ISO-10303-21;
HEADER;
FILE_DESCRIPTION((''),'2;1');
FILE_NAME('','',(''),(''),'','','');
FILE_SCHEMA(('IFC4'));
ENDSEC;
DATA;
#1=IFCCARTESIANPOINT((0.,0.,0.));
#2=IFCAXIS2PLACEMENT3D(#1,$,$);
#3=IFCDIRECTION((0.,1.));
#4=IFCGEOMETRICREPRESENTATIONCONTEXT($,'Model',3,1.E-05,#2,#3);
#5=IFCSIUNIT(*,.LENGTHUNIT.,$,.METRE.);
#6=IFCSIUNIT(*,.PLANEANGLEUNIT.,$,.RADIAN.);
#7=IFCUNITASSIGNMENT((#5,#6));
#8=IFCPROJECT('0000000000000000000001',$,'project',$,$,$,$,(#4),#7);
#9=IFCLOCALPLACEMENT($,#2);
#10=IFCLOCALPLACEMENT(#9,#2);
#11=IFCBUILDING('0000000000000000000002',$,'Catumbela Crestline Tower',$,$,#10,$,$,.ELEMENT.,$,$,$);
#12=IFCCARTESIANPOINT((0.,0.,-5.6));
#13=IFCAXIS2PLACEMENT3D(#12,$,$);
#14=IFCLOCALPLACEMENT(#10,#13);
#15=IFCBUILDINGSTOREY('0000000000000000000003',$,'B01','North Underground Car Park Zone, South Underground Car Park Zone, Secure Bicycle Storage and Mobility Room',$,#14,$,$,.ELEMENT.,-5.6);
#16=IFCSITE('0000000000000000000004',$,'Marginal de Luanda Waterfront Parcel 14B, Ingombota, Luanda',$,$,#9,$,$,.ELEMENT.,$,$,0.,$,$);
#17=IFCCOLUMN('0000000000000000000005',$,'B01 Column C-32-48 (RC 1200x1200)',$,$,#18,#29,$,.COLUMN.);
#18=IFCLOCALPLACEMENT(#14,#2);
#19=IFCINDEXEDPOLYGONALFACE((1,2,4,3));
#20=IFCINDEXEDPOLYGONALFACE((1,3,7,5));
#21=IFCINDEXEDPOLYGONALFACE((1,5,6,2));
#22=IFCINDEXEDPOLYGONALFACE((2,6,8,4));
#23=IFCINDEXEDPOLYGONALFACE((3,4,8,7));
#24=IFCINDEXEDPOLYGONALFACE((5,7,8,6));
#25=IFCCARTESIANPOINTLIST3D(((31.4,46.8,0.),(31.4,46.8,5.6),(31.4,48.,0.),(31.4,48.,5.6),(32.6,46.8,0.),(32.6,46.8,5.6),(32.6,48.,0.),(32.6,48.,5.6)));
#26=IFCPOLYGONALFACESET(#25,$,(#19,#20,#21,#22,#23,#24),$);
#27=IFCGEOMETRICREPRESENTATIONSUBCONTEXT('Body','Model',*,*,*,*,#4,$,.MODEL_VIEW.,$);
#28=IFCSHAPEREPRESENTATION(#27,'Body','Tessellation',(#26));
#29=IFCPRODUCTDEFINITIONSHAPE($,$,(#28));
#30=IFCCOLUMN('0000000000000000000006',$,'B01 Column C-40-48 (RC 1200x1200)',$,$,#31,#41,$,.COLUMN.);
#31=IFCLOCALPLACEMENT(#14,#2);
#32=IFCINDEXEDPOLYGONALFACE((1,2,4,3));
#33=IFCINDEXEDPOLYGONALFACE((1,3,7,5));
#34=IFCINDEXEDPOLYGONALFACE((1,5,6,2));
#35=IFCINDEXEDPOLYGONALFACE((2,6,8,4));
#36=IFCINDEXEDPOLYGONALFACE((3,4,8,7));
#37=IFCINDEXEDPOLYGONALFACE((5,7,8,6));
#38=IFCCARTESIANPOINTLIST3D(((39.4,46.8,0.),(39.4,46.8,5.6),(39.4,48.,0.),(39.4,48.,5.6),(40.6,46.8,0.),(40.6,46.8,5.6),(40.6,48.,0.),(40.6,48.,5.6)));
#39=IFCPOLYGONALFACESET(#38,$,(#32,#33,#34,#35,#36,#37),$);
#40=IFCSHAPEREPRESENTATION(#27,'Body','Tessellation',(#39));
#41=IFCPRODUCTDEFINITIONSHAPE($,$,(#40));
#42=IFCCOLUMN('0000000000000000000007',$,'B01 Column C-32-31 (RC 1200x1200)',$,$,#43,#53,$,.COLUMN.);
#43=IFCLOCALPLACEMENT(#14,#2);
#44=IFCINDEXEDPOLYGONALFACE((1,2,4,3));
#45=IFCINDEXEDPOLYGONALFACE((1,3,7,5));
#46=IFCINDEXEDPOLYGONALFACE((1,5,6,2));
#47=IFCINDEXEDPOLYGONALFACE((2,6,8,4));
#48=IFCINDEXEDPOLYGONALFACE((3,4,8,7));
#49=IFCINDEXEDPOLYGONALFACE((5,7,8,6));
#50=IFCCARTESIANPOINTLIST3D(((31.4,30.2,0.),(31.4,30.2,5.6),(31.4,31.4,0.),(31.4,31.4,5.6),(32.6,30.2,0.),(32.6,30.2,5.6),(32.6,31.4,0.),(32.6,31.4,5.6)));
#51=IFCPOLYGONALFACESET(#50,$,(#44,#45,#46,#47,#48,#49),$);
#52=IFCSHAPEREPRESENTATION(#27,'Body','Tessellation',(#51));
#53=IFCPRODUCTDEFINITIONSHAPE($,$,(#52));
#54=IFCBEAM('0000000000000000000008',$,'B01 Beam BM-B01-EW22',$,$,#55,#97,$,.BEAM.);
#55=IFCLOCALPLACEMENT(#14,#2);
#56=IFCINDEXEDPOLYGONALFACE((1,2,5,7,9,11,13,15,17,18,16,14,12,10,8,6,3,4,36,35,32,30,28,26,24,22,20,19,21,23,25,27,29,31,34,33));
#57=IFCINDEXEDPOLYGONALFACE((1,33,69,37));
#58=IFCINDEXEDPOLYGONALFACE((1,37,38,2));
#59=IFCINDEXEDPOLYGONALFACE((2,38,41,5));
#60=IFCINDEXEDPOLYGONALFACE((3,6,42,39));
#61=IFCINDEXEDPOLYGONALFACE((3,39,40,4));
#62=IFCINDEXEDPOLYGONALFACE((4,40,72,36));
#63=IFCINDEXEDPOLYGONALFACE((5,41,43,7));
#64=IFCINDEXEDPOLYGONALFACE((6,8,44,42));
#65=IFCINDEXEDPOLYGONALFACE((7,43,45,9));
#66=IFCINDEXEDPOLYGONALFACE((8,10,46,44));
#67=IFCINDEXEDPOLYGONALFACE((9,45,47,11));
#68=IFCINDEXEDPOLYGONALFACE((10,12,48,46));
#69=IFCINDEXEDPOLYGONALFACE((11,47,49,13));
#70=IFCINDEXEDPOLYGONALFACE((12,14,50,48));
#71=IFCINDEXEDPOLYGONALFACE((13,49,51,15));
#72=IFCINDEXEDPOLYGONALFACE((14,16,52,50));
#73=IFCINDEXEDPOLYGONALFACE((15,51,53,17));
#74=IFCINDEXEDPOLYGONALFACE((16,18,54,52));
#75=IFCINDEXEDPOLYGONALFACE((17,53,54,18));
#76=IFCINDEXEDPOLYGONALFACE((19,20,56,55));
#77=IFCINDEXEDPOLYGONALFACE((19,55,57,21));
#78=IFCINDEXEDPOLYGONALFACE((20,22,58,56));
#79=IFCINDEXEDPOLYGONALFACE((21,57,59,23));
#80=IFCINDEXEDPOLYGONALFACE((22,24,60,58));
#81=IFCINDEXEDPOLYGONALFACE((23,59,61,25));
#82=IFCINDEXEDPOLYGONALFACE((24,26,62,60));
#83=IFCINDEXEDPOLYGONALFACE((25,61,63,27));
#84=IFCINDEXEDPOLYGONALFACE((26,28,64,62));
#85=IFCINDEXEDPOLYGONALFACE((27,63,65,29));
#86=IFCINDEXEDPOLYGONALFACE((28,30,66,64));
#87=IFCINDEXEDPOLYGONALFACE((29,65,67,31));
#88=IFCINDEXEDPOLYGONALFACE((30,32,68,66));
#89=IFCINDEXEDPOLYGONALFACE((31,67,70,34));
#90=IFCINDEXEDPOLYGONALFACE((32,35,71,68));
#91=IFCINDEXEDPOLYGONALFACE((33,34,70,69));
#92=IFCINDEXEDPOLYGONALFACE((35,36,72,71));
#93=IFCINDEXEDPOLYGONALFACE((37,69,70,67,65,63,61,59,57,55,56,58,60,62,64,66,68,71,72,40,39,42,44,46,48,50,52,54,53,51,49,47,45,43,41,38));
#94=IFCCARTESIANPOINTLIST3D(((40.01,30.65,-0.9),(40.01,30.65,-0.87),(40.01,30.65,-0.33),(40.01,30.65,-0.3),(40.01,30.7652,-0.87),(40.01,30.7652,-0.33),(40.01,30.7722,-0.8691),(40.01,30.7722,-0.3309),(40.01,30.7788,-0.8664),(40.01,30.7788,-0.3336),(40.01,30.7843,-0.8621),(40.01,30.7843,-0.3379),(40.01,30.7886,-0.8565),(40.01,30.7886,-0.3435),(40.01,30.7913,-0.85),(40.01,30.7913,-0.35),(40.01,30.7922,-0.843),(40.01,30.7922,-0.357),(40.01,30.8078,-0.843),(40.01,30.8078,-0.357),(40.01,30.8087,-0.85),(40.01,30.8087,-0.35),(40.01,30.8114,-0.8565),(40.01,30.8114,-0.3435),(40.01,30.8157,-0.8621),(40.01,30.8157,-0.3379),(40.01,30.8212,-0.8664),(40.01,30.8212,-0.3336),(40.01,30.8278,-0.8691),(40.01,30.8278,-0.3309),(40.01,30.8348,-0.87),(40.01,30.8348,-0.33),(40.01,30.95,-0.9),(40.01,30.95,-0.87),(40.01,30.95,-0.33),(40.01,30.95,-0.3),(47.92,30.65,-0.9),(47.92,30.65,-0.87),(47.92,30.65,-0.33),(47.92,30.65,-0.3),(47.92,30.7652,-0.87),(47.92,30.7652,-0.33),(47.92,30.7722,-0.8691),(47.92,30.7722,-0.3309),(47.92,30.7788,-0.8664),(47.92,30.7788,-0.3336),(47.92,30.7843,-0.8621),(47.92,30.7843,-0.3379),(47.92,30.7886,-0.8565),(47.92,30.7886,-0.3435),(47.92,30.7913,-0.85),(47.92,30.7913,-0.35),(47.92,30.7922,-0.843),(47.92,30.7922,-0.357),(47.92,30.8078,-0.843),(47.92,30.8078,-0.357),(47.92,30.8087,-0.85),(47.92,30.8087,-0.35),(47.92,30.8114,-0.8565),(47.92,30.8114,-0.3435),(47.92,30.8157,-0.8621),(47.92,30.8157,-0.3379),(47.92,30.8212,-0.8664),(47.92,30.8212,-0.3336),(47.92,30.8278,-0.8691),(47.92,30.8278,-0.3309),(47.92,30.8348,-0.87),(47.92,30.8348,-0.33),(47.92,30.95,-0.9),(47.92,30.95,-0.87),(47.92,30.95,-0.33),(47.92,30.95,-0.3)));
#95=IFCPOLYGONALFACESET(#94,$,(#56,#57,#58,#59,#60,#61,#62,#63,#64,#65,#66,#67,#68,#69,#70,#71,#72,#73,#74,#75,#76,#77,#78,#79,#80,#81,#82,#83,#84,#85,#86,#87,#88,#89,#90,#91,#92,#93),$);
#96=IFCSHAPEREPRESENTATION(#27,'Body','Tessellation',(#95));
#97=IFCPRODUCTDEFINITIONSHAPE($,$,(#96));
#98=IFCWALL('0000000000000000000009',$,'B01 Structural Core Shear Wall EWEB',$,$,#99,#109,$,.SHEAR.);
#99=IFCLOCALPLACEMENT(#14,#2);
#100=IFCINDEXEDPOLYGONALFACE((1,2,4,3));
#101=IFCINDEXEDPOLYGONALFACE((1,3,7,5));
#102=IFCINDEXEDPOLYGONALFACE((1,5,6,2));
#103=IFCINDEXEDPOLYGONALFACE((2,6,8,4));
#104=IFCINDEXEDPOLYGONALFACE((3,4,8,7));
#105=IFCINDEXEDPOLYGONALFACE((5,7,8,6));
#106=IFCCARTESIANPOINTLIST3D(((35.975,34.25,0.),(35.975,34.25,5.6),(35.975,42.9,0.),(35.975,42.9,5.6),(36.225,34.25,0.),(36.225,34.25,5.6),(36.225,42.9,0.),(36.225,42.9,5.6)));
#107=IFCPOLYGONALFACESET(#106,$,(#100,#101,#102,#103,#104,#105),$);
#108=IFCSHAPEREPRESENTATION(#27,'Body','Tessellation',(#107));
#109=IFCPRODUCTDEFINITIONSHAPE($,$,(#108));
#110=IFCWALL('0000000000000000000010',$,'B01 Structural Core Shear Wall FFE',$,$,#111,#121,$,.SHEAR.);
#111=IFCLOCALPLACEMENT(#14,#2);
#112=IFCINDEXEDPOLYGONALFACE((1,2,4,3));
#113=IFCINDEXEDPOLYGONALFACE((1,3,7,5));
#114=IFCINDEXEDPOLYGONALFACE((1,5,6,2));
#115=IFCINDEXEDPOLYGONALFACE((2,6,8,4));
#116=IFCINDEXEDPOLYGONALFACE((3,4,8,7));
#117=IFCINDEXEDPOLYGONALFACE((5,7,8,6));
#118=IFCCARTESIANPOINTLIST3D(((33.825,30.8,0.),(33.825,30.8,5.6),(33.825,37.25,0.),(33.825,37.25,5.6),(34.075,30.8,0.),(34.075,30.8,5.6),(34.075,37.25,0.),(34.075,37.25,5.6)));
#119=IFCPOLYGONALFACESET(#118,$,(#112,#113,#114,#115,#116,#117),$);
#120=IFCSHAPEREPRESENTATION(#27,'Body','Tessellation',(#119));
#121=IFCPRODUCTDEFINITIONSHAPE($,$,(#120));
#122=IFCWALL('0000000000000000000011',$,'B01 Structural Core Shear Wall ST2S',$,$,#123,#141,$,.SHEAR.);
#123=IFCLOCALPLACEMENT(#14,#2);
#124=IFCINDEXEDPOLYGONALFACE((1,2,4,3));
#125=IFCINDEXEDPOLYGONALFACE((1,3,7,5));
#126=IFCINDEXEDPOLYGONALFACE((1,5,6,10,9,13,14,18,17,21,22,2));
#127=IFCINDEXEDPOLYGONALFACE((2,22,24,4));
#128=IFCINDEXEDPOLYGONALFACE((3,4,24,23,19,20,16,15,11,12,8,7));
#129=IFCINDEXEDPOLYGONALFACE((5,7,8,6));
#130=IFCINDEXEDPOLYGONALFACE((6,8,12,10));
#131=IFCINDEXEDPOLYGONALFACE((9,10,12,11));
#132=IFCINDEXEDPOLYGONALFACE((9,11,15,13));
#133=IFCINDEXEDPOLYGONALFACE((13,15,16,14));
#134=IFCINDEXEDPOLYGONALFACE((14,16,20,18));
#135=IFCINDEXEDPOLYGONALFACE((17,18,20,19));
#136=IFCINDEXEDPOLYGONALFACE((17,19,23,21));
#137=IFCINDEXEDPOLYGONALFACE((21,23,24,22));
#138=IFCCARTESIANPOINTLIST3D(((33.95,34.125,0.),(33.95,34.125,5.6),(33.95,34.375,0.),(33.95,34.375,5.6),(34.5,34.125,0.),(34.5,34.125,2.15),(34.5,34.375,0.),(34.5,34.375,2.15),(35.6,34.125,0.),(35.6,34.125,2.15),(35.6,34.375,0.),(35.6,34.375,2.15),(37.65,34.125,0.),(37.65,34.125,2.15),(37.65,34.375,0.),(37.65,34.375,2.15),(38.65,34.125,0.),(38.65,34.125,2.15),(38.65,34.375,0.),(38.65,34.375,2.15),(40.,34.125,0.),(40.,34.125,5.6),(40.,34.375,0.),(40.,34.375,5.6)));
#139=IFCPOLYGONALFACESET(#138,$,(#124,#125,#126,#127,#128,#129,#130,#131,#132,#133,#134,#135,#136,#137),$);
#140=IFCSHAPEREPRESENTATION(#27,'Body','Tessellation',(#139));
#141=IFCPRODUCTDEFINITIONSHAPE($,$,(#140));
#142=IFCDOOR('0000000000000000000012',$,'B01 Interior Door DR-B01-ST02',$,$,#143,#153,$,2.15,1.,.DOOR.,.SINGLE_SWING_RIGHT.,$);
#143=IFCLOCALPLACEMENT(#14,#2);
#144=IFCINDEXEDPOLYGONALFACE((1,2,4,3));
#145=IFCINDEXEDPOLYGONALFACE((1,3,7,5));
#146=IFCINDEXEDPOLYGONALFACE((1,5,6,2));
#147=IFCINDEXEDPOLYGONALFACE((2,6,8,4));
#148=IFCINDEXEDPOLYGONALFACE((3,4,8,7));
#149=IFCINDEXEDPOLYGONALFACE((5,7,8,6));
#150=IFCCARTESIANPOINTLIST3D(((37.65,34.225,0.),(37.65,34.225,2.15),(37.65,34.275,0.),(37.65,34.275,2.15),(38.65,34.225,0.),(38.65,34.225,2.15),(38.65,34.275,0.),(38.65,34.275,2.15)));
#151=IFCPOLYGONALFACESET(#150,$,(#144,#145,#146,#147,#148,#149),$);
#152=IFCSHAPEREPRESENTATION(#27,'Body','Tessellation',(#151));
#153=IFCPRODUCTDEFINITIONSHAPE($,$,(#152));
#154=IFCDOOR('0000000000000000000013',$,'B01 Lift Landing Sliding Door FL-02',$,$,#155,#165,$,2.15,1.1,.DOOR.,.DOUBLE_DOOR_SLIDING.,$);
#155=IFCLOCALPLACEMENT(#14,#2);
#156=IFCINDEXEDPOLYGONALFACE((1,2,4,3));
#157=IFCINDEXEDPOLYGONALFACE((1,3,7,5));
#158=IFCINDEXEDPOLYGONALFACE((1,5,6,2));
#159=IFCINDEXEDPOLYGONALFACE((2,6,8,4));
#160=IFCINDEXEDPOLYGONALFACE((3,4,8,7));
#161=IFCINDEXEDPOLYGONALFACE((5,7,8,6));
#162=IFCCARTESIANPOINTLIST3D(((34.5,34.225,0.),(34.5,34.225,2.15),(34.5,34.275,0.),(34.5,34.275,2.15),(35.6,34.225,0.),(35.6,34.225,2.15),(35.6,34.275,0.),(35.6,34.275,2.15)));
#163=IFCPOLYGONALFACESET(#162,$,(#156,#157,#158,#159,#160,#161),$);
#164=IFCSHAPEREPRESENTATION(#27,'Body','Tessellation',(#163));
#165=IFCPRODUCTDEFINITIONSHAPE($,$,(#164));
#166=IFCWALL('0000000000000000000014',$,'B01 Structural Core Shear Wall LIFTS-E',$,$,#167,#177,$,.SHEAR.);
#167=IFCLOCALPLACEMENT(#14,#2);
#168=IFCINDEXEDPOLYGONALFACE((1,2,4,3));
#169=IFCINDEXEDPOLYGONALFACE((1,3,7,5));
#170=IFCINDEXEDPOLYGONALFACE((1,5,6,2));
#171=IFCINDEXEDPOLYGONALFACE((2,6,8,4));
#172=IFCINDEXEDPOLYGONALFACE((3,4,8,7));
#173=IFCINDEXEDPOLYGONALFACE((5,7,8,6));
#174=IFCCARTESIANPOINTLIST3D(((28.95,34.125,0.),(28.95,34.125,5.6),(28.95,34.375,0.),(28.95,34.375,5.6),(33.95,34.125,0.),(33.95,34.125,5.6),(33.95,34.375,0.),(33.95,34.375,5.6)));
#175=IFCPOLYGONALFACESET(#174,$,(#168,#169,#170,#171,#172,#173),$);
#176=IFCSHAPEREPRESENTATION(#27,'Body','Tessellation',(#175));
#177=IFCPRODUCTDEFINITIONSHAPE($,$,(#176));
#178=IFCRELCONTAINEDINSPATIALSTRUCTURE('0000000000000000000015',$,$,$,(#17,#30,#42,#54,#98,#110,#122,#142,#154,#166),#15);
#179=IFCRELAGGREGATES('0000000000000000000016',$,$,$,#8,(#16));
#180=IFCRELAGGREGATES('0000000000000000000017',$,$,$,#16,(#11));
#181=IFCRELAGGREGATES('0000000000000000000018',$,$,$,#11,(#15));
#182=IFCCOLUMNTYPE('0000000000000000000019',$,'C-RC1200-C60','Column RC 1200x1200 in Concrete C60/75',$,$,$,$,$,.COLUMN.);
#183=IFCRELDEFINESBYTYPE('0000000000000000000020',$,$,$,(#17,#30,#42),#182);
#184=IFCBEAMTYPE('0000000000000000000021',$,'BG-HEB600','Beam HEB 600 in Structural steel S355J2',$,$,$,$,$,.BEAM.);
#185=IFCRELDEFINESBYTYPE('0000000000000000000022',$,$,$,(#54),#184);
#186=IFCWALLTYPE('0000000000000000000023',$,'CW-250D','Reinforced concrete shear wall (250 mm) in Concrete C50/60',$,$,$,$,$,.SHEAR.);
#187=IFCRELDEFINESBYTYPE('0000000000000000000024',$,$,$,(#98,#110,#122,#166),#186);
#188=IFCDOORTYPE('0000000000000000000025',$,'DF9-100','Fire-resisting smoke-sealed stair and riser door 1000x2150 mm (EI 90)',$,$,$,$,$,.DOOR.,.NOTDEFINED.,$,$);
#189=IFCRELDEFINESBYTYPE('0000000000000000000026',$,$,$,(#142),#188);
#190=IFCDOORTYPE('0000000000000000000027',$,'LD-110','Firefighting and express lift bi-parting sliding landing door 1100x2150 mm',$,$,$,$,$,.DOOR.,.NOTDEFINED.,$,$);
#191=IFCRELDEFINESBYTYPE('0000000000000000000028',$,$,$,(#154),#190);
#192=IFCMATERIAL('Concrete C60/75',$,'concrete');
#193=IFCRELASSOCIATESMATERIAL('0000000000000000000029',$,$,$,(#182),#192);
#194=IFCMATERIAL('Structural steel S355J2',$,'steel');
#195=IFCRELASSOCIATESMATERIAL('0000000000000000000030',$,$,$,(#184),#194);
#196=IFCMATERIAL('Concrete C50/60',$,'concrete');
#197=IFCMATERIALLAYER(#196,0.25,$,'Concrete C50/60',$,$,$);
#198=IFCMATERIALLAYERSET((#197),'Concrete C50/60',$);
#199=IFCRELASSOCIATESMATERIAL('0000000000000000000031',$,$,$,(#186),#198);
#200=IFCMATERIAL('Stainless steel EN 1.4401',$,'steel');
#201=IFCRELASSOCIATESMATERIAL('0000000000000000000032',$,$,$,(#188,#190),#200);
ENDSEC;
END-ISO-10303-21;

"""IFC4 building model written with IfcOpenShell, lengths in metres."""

from ifc_helpers import new_model, si_unit, direction, frame, frame_2d, origin, origin_2d, place, context, subcontext, project, spatial, rectangle, i_section, extrude, material, layer, layer_set, material_profile, profile_set, type_object, element, fill, save


model = new_model("IFC4")

# Units and contexts
model_context = context("Model", 3, precision=1e-05, world=origin(), true_north=direction((0.0, 1.0)))
body_context = subcontext(model_context, "Body", "Model", "MODEL_VIEW")
ifc_project = project(units=[si_unit("LENGTHUNIT", "METRE"), si_unit("PLANEANGLEUNIT", "RADIAN")], contexts=[model_context])

# Site, building, storey
site_placement = place(None, origin())
site = spatial("IfcSite", under=ifc_project, at=site_placement, Name="Marginal de Luanda Waterfront Parcel 14B, Ingombota, Luanda", CompositionType="ELEMENT", RefElevation=0.0)
building_placement = place(site_placement, origin())
building = spatial("IfcBuilding", under=site, at=building_placement, Name="Catumbela Crestline Tower", CompositionType="ELEMENT")
storey_placement = place(building_placement, frame((0.0, 0.0, -5.6)))
storey = spatial("IfcBuildingStorey", under=building, at=storey_placement, Name="B01", Description="North Underground Car Park Zone, South Underground Car Park Zone, Secure Bicycle Storage and Mobility Room", CompositionType="ELEMENT", Elevation=-5.6)

# Columns
ifc_material_1 = material(Name="Concrete C60/75", Category="concrete")
ifc_material_profile_1 = material_profile(ifc_material_1, rectangle(XDim=1.2, YDim=1.2, at=origin_2d()), Name="RC 1200x1200")
ifc_profile_set_1 = profile_set([ifc_material_profile_1], Name="Concrete C60/75")
column_type = type_object("IfcColumnType", Name="C-RC1200-C60", Description="Column RC 1200x1200 in Concrete C60/75", PredefinedType="COLUMN", material=ifc_profile_set_1)
for number, where, z_axis, x_axis, name in (
    (1, (32.0, 47.4, 0.0), (0.0, 0.0, 1.0), (1.0, 0.0, 0.0), "B01 Column C-32-48 (RC 1200x1200)"),
    (2, (40.0, 47.4, 0.0), (0.0, 0.0, 1.0), (1.0, 0.0, 0.0), "B01 Column C-40-48 (RC 1200x1200)"),
    (3, (32.0, 30.8, 0.0), (0.0, 0.0, 1.0), (1.0, 0.0, 0.0), "B01 Column C-32-31 (RC 1200x1200)"),
):
    element("IfcColumn", number, at=place(storey_placement, frame(where, z_axis=z_axis, x_axis=x_axis)), inside=storey, type_object=column_type, Name=name, PredefinedType="COLUMN", context=body_context, shape_type="SweptSolid", body=[
        extrude(rectangle(XDim=1.2, YDim=1.2, at=origin_2d()), origin(), (0.0, 0.0, 1.0), 5.6),
    ])

# Beam
ifc_material_2 = material(Name="Structural steel S355J2", Category="steel")
ifc_material_profile_2 = material_profile(ifc_material_2, i_section(OverallWidth=0.3, OverallDepth=0.6, WebThickness=0.0155, FlangeThickness=0.03, FilletRadius=0.027, at=origin_2d()), Name="HEB 600")
ifc_profile_set_2 = profile_set([ifc_material_profile_2], Name="Structural steel S355J2")
beam_type = type_object("IfcBeamType", Name="BG-HEB600", Description="Beam HEB 600 in Structural steel S355J2", PredefinedType="BEAM", material=ifc_profile_set_2)
beam_placement = place(storey_placement, frame((40.01, 30.8, -0.6), z_axis=(1.0, 0.0, 0.0), x_axis=(0.0, 1.0, 0.0)))
element("IfcBeam", 4, at=beam_placement, inside=storey, type_object=beam_type, Name="B01 Beam BM-B01-EW22", PredefinedType="BEAM", context=body_context, shape_type="SweptSolid", body=[
    extrude(i_section(OverallWidth=0.3, OverallDepth=0.6, WebThickness=0.0155, FlangeThickness=0.03, FilletRadius=0.027, at=origin_2d()), origin(), (0.0, 0.0, 1.0), 7.91),
])

# Walls
ifc_material_3 = material(Name="Concrete C50/60", Category="concrete")
ifc_layer_1 = layer(ifc_material_3, 0.25, Name="Concrete C50/60")
ifc_layer_set_1 = layer_set([ifc_layer_1], Name="Concrete C50/60")
wall_type_1 = type_object("IfcWallType", Name="CW-250D", Description="Reinforced concrete shear wall (250 mm) in Concrete C50/60", PredefinedType="SHEAR", material=ifc_layer_set_1)
wall_1_placement = place(storey_placement, frame((36.1, 34.25, 0.0), z_axis=(0.0, 0.0, 1.0), x_axis=(0.0, 1.0, 0.0)))
element("IfcWall", 5, at=wall_1_placement, inside=storey, type_object=wall_type_1, Name="B01 Structural Core Shear Wall EWEB", PredefinedType="SHEAR", context=body_context, shape_type="SweptSolid", body=[
    extrude(rectangle(XDim=8.65, YDim=0.25, at=frame_2d((4.325, 0.0))), origin(), (0.0, 0.0, 1.0), 5.6),
])
wall_2_placement = place(storey_placement, frame((33.95, 30.8, 0.0), z_axis=(0.0, 0.0, 1.0), x_axis=(0.0, 1.0, 0.0)))
element("IfcWall", 6, at=wall_2_placement, inside=storey, type_object=wall_type_1, Name="B01 Structural Core Shear Wall FFE", PredefinedType="SHEAR", context=body_context, shape_type="SweptSolid", body=[
    extrude(rectangle(XDim=6.45, YDim=0.25, at=frame_2d((3.225, 0.0))), origin(), (0.0, 0.0, 1.0), 5.6),
])

# Wall, openings, doors
wall_3_placement = place(storey_placement, frame((33.95, 34.25, 0.0), z_axis=(0.0, 0.0, 1.0), x_axis=(1.0, 0.0, 0.0)))
wall_3 = element("IfcWall", 7, at=wall_3_placement, inside=storey, type_object=wall_type_1, Name="B01 Structural Core Shear Wall ST2S", PredefinedType="SHEAR", context=body_context, shape_type="SweptSolid", body=[
    extrude(rectangle(XDim=6.05, YDim=0.25, at=frame_2d((3.025, 0.0))), origin(), (0.0, 0.0, 1.0), 5.6),
])
opening_1_placement = place(wall_3_placement, frame((3.7, 0.0, 0.0)))
opening_1 = element("IfcOpeningElement", 8, at=opening_1_placement, cuts=wall_3, PredefinedType="OPENING", context=body_context, shape_type="SweptSolid", body=[
    extrude(rectangle(XDim=1.0, YDim=2.15, at=frame_2d((0.5, 1.075))), frame((0.0, 0.135, 0.0), z_axis=(0.0, -1.0, 0.0), x_axis=(1.0, 0.0, 0.0)), (0.0, 0.0, 1.0), 0.27),
])
opening_2_placement = place(wall_3_placement, frame((0.55, 0.0, 0.0)))
opening_2 = element("IfcOpeningElement", 9, at=opening_2_placement, cuts=wall_3, PredefinedType="OPENING", context=body_context, shape_type="SweptSolid", body=[
    extrude(rectangle(XDim=1.1, YDim=2.15, at=frame_2d((0.55, 1.075))), frame((0.0, 0.135, 0.0), z_axis=(0.0, -1.0, 0.0), x_axis=(1.0, 0.0, 0.0)), (0.0, 0.0, 1.0), 0.27),
])
ifc_material_4 = material(Name="Stainless steel EN 1.4401", Category="steel")
door_type_1 = type_object("IfcDoorType", Name="DF9-100", Description="Fire-resisting smoke-sealed stair and riser door 1000x2150 mm (EI 90)", OperationType="NOTDEFINED", PredefinedType="DOOR", material=ifc_material_4)
door_1_placement = place(opening_1_placement, origin())
door_1 = element("IfcDoor", 10, at=door_1_placement, inside=storey, type_object=door_type_1, Name="B01 Interior Door DR-B01-ST02", OperationType="SINGLE_SWING_RIGHT", OverallHeight=2.15, OverallWidth=1.0, PredefinedType="DOOR", context=body_context, shape_type="SweptSolid", body=[
    extrude(rectangle(XDim=1.0, YDim=2.15, at=frame_2d((0.5, 1.075))), frame((0.0, 0.025, 0.0), z_axis=(0.0, -1.0, 0.0), x_axis=(1.0, 0.0, 0.0)), (0.0, 0.0, 1.0), 0.05),
])
fill(opening_1, door_1)
door_type_2 = type_object("IfcDoorType", Name="LD-110", Description="Firefighting and express lift bi-parting sliding landing door 1100x2150 mm", OperationType="NOTDEFINED", PredefinedType="DOOR", material=ifc_material_4)
door_2_placement = place(opening_2_placement, origin())
door_2 = element("IfcDoor", 11, at=door_2_placement, inside=storey, type_object=door_type_2, Name="B01 Lift Landing Sliding Door FL-02", OperationType="DOUBLE_DOOR_SLIDING", OverallHeight=2.15, OverallWidth=1.1, PredefinedType="DOOR", context=body_context, shape_type="SweptSolid", body=[
    extrude(rectangle(XDim=1.1, YDim=2.15, at=frame_2d((0.55, 1.075))), frame((0.0, 0.025, 0.0), z_axis=(0.0, -1.0, 0.0), x_axis=(1.0, 0.0, 0.0)), (0.0, 0.0, 1.0), 0.05),
])
fill(opening_2, door_2)

# Wall
wall_4_placement = place(storey_placement, frame((28.95, 34.25, 0.0), z_axis=(0.0, 0.0, 1.0), x_axis=(1.0, 0.0, 0.0)))
element("IfcWall", 12, at=wall_4_placement, inside=storey, type_object=wall_type_1, Name="B01 Structural Core Shear Wall LIFTS-E", PredefinedType="SHEAR", context=body_context, shape_type="SweptSolid", body=[
    extrude(rectangle(XDim=5.0, YDim=0.25, at=frame_2d((2.5, 0.0))), origin(), (0.0, 0.0, 1.0), 5.6),
])

save(model, "model.ifc")
